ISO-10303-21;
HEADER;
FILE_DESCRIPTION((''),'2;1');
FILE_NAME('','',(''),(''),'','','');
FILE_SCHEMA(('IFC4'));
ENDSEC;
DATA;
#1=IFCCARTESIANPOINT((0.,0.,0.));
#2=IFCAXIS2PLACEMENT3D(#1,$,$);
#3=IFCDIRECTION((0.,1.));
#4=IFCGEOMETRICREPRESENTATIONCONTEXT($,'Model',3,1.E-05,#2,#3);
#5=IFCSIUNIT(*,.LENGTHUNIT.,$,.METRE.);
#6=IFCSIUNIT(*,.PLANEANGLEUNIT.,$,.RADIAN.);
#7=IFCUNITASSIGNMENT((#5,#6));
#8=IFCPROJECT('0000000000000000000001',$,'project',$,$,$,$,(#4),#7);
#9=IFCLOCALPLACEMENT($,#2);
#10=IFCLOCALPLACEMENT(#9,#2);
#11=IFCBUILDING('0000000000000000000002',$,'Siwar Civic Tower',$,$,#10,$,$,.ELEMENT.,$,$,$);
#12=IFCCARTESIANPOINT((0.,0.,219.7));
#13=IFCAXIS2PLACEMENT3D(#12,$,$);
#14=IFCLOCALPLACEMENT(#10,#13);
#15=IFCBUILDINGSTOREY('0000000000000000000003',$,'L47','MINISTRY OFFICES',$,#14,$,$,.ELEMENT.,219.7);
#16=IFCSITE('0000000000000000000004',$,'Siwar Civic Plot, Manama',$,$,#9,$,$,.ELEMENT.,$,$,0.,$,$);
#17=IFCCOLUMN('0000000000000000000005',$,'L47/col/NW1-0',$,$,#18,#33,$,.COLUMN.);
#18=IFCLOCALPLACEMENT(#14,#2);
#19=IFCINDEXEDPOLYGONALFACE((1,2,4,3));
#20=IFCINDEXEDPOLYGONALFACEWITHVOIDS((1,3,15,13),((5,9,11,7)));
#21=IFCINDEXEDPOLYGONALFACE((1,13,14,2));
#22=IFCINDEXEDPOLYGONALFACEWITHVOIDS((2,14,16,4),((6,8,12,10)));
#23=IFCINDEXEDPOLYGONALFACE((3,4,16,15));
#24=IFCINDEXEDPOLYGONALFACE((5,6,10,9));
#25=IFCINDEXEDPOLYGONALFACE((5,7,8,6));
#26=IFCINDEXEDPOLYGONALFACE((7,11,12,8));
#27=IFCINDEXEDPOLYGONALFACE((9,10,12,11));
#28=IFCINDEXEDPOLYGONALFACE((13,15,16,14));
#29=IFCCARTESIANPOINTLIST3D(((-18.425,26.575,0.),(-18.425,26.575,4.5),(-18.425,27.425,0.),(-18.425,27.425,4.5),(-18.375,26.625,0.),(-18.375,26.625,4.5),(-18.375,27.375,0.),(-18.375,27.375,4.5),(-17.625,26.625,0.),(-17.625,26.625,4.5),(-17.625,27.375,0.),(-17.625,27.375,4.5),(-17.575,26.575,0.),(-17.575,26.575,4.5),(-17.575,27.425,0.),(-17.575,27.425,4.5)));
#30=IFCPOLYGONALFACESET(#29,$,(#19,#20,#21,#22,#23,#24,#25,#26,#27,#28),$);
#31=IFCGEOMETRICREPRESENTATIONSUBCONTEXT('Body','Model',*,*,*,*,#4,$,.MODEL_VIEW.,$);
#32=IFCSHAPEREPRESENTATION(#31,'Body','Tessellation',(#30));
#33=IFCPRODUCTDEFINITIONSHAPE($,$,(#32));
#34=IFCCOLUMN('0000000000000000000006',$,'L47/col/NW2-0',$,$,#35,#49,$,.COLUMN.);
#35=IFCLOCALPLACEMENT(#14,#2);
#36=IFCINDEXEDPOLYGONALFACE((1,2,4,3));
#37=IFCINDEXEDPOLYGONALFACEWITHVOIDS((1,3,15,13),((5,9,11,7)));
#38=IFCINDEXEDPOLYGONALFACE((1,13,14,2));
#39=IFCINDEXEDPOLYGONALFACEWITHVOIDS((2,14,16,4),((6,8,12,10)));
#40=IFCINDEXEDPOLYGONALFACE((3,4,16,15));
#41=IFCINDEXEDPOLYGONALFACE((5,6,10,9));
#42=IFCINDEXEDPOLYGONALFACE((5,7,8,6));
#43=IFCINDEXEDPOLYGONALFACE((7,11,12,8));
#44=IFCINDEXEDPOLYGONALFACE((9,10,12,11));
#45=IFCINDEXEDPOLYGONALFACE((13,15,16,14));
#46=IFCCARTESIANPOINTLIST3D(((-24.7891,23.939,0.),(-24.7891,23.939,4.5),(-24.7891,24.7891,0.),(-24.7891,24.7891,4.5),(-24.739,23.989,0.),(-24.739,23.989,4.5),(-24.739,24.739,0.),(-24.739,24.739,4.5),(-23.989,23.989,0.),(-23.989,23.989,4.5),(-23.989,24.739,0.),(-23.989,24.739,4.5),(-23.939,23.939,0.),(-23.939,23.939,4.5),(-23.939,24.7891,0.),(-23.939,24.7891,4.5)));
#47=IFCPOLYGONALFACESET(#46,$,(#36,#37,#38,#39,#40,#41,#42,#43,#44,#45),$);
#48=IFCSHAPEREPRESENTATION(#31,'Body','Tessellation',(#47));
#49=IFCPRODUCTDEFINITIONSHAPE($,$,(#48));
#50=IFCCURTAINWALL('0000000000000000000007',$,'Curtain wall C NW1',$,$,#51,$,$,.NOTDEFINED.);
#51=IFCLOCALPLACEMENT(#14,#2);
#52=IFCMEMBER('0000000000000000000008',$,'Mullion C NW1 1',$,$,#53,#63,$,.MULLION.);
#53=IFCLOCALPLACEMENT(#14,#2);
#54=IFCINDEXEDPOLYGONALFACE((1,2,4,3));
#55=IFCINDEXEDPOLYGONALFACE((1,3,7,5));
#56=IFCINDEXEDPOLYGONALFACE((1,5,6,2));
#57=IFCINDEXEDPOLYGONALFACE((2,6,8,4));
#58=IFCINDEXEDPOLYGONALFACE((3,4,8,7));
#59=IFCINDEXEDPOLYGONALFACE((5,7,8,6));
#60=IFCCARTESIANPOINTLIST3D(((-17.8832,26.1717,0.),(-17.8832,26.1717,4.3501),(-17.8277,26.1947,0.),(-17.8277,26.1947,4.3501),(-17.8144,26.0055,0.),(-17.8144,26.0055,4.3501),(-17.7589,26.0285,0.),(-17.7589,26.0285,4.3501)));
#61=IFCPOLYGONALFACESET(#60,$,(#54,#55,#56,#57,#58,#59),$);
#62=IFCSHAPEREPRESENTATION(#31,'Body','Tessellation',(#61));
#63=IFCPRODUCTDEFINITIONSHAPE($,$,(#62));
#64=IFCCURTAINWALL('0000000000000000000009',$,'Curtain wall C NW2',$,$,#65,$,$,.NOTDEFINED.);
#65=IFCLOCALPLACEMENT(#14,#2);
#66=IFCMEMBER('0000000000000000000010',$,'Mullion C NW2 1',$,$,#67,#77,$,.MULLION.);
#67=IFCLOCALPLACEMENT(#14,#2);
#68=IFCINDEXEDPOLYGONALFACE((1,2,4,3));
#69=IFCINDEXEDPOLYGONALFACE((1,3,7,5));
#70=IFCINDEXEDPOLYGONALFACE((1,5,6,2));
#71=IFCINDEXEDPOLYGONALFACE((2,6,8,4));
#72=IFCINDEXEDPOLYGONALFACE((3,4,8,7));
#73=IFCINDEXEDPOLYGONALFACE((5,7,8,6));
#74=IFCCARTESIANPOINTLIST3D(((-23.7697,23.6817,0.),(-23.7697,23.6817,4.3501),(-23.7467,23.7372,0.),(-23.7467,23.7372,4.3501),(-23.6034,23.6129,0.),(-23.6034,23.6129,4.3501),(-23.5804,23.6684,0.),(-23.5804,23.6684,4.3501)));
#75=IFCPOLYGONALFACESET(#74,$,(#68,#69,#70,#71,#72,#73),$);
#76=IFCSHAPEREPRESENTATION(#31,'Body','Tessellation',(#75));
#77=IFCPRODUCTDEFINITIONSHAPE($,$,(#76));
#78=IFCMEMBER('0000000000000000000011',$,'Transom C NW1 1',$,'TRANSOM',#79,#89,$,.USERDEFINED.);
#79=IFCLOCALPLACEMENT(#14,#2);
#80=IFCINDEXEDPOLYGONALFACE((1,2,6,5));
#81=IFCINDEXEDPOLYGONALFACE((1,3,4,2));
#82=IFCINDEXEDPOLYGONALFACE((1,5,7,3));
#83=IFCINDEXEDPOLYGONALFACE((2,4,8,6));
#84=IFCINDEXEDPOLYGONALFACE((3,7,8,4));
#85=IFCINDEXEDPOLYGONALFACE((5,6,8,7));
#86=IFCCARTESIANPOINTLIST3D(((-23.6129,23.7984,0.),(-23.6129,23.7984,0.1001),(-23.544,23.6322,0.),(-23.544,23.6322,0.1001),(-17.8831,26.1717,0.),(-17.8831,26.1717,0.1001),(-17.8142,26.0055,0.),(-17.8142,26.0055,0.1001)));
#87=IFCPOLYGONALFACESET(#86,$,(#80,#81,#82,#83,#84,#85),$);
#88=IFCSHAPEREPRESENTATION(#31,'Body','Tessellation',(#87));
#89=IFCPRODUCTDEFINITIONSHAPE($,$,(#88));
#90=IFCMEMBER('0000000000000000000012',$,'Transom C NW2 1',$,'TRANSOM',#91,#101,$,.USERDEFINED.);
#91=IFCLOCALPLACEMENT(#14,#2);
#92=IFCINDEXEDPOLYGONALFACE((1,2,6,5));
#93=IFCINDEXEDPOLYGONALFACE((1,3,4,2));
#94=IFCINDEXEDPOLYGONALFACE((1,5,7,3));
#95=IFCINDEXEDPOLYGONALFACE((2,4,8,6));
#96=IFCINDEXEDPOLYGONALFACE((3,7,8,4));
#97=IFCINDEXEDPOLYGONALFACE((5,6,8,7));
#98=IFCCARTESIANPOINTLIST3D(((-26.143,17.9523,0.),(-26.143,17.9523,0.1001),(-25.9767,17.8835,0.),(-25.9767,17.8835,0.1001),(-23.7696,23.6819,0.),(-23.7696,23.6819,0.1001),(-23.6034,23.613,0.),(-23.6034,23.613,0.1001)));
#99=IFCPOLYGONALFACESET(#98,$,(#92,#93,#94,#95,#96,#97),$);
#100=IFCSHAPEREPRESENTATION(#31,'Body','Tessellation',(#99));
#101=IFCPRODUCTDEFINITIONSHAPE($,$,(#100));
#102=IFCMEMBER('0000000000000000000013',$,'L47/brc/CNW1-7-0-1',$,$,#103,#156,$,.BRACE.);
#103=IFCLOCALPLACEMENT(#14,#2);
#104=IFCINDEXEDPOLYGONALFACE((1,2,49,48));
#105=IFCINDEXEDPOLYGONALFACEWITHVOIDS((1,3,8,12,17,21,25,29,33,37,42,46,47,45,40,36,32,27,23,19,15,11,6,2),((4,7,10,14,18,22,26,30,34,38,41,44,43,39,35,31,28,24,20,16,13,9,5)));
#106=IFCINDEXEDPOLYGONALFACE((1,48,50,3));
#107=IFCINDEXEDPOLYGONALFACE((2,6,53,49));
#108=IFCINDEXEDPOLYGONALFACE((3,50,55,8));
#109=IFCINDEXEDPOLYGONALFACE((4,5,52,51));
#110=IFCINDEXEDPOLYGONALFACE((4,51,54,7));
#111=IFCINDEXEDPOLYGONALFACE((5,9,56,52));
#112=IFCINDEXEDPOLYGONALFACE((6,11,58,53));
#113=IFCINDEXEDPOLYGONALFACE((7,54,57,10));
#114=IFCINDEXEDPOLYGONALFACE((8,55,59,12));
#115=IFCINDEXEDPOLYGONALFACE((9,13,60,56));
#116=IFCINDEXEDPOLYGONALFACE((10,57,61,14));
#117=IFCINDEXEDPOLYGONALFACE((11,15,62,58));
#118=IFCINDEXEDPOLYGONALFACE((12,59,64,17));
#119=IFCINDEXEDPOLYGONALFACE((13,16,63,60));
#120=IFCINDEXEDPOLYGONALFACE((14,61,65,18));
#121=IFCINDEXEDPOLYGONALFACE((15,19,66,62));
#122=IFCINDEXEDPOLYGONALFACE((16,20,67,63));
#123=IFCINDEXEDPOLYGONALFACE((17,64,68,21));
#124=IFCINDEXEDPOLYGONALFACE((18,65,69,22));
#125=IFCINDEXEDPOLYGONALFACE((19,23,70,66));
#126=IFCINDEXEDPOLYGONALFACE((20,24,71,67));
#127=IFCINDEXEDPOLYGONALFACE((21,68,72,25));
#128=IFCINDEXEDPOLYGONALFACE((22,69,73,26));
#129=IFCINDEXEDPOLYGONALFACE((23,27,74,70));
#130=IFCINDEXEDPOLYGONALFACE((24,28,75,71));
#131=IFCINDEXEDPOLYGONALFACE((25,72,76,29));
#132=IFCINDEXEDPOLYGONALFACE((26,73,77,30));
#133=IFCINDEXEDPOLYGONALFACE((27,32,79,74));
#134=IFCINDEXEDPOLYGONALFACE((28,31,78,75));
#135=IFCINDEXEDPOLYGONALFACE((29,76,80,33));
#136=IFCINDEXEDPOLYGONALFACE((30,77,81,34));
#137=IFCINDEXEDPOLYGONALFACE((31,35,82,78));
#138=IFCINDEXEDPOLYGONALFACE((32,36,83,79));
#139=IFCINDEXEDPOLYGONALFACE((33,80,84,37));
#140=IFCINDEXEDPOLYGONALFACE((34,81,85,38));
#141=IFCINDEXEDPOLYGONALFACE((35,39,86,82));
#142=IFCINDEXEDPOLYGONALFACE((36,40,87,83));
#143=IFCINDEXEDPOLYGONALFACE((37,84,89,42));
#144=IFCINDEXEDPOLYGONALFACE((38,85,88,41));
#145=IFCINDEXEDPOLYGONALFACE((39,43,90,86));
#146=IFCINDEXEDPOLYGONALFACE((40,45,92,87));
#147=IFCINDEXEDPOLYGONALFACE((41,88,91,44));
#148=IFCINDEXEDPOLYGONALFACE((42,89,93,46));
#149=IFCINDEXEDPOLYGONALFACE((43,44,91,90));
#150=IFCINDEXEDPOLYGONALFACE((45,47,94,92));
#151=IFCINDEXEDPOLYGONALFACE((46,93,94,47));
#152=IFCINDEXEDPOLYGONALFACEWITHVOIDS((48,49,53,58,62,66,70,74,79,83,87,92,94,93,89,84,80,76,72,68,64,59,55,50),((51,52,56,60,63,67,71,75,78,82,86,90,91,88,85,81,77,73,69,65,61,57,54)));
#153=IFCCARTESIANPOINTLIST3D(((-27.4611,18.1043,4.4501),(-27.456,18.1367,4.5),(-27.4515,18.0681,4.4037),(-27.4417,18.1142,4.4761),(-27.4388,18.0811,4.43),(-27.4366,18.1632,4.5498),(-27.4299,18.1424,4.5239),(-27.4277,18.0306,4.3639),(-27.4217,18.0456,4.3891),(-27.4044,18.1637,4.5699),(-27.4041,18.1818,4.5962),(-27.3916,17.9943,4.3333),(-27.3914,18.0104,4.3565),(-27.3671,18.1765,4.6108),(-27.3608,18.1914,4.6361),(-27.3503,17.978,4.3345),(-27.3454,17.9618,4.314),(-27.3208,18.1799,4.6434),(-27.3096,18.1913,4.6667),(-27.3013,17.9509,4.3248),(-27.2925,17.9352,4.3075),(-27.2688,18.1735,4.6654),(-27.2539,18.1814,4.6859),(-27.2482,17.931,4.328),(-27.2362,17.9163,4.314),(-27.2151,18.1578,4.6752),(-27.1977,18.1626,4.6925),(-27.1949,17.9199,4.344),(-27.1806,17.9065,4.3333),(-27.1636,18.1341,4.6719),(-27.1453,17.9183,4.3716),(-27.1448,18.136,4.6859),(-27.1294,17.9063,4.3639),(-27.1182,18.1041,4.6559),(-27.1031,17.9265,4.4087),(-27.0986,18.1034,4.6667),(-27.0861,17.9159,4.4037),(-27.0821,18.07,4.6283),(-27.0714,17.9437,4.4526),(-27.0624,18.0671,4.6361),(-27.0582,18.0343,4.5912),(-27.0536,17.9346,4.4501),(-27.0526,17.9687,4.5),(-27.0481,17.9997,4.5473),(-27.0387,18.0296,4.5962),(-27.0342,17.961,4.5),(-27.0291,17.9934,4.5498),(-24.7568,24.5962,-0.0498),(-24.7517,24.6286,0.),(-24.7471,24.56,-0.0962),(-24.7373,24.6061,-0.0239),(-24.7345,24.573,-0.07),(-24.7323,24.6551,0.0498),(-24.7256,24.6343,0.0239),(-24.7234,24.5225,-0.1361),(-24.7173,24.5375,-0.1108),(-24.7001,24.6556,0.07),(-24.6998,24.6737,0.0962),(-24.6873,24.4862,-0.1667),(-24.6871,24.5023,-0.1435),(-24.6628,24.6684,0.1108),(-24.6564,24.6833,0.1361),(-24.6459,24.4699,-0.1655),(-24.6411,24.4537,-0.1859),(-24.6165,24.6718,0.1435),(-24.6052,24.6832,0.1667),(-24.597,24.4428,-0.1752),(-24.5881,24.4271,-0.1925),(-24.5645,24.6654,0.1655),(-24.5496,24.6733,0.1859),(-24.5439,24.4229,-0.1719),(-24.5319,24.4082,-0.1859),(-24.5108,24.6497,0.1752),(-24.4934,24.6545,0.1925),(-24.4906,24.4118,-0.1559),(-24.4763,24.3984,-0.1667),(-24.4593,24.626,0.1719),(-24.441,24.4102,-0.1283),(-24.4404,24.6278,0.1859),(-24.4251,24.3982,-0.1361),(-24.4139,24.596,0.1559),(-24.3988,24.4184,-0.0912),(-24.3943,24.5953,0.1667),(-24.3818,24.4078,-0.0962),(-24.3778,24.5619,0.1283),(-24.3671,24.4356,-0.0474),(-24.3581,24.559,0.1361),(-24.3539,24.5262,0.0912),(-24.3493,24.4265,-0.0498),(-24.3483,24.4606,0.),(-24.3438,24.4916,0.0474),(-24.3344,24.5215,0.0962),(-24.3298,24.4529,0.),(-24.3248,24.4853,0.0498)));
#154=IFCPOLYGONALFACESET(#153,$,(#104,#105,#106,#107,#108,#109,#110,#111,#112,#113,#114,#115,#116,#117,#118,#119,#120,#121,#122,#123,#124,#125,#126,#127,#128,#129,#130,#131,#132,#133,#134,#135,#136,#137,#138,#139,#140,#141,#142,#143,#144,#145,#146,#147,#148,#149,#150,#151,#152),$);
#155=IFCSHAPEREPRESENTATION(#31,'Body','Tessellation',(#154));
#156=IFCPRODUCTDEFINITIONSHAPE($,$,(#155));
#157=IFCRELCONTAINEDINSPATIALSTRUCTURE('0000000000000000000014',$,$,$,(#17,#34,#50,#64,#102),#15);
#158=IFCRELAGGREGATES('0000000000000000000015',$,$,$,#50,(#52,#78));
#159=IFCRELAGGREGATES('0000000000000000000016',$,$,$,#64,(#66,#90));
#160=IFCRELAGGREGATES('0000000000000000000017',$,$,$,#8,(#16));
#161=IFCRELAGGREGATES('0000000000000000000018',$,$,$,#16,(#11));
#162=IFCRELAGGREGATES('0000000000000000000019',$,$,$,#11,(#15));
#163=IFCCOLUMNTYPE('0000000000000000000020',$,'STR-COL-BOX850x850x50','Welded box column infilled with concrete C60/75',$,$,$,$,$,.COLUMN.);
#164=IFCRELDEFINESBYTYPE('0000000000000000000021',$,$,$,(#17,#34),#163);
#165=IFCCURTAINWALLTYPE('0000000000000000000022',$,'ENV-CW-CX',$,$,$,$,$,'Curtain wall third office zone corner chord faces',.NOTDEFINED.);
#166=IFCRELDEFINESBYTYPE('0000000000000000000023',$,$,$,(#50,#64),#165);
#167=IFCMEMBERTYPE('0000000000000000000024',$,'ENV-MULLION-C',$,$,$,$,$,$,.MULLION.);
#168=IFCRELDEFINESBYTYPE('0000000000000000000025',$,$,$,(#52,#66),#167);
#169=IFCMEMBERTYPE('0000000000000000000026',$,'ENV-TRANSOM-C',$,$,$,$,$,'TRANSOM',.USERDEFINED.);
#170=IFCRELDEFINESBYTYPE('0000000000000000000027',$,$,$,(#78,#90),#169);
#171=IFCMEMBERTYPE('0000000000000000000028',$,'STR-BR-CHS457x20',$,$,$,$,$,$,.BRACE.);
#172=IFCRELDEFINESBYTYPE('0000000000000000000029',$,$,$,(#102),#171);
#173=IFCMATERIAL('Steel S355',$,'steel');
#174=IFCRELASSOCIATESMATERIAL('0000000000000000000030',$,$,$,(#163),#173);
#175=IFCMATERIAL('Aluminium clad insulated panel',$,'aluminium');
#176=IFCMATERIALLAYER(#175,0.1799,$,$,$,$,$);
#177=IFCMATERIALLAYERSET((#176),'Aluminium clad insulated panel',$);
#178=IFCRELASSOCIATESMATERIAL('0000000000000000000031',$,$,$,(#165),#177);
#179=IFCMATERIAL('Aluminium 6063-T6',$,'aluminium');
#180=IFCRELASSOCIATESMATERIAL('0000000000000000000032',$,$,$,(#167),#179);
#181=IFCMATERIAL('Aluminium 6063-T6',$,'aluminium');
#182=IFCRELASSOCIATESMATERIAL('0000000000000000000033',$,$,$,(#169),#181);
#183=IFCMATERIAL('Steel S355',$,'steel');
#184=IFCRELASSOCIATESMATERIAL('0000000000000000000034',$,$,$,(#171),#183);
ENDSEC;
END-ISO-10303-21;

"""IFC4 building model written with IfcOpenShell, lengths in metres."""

from ifc_helpers import new_model, si_unit, direction, frame, origin, origin_2d, place, context, subcontext, project, spatial, rectangle, hollow_rectangle, hollow_circle, extrude, material, layer, layer_set, material_profile, profile_set, type_object, element, aggregate, save


model = new_model("IFC4")

# Units and contexts
model_context = context("Model", 3, precision=1e-05, world=origin(), true_north=direction((0.0, 1.0)))
body_context = subcontext(model_context, "Body", "Model", "MODEL_VIEW")
ifc_project = project(units=[si_unit("LENGTHUNIT", "METRE"), si_unit("PLANEANGLEUNIT", "RADIAN")], contexts=[model_context])

# Site, building, storey
site_placement = place(None, origin())
site = spatial("IfcSite", under=ifc_project, at=site_placement, Name="Siwar Civic Plot, Manama", CompositionType="ELEMENT", RefElevation=0.0)
building_placement = place(site_placement, origin())
building = spatial("IfcBuilding", under=site, at=building_placement, Name="Siwar Civic Tower", CompositionType="ELEMENT")
storey_placement = place(building_placement, frame((0.0, 0.0, 219.7)))
storey = spatial("IfcBuildingStorey", under=building, at=storey_placement, Name="L47", Description="MINISTRY OFFICES", CompositionType="ELEMENT", Elevation=219.7)

# Columns
ifc_material_1 = material(Name="Steel S355", Category="steel")
ifc_material_profile_1 = material_profile(ifc_material_1, hollow_rectangle(XDim=0.8501, YDim=0.8501, WallThickness=0.05, at=origin_2d()), Name="BOX850x850x50")
ifc_profile_set_1 = profile_set([ifc_material_profile_1], Name="Steel S355")
column_type = type_object("IfcColumnType", Name="STR-COL-BOX850x850x50", Description="Welded box column infilled with concrete C60/75", PredefinedType="COLUMN", material=ifc_profile_set_1)
for number, where, z_axis, x_axis, name in (
    (1, (-18.0, 27.0, 0.0), (0.0, 0.0, 1.0), (1.0, 0.0, 0.0), "L47/col/NW1-0"),
    (2, (-24.364, 24.364, 0.0), (0.0, 0.0, 1.0), (1.0, 0.0, 0.0), "L47/col/NW2-0"),
):
    element("IfcColumn", number, at=place(storey_placement, frame(where, z_axis=z_axis, x_axis=x_axis)), inside=storey, type_object=column_type, Name=name, PredefinedType="COLUMN", context=body_context, shape_type="SweptSolid", body=[
        extrude(hollow_rectangle(XDim=0.8501, YDim=0.8501, WallThickness=0.05, at=origin_2d()), origin(), (0.0, 0.0, 1.0), 4.5),
    ])

# Curtain walls, members
ifc_material_2 = material(Name="Aluminium clad insulated panel", Category="aluminium")
ifc_layer_1 = layer(ifc_material_2, 0.1799)
ifc_layer_set_1 = layer_set([ifc_layer_1], Name="Aluminium clad insulated panel")
curtain_wall_type = type_object("IfcCurtainWallType", Name="ENV-CW-CX", ElementType="Curtain wall third office zone corner chord faces", PredefinedType="NOTDEFINED", material=ifc_layer_set_1)
curtain_wall_1_placement = place(storey_placement, origin())
curtain_wall_1 = element("IfcCurtainWall", 3, at=curtain_wall_1_placement, inside=storey, type_object=curtain_wall_type, Name="Curtain wall C NW1", PredefinedType="NOTDEFINED")
ifc_material_3 = material(Name="Aluminium 6063-T6", Category="aluminium")
ifc_material_profile_2 = material_profile(ifc_material_3, rectangle(XDim=0.1799, YDim=0.0601, at=origin_2d()), Name="AL 180x60")
ifc_profile_set_2 = profile_set([ifc_material_profile_2], Name="Aluminium 6063-T6")
member_type_1 = type_object("IfcMemberType", Name="ENV-MULLION-C", PredefinedType="MULLION", material=ifc_profile_set_2)
member_1_placement = place(storey_placement, frame((-17.821, 26.1001, 0.0), z_axis=(0.0, 0.0, 1.0), x_axis=(0.382683, -0.92388, 0.0)))
member_1 = element("IfcMember", 4, at=member_1_placement, type_object=member_type_1, Name="Mullion C NW1 1", PredefinedType="MULLION", context=body_context, shape_type="SweptSolid", body=[
    extrude(rectangle(XDim=0.1799, YDim=0.0601, at=origin_2d()), origin(), (0.0, 0.0, 1.0), 4.3501),
])
curtain_wall_2_placement = place(storey_placement, origin())
curtain_wall_2 = element("IfcCurtainWall", 5, at=curtain_wall_2_placement, inside=storey, type_object=curtain_wall_type, Name="Curtain wall C NW2", PredefinedType="NOTDEFINED")
member_2_placement = place(storey_placement, frame((-23.675, 23.675, 0.0), z_axis=(0.0, 0.0, 1.0), x_axis=(0.92388, -0.382683, 0.0)))
member_2 = element("IfcMember", 6, at=member_2_placement, type_object=member_type_1, Name="Mullion C NW2 1", PredefinedType="MULLION", context=body_context, shape_type="SweptSolid", body=[
    extrude(rectangle(XDim=0.1799, YDim=0.0601, at=origin_2d()), origin(), (0.0, 0.0, 1.0), 4.3501),
])

# Members
ifc_material_4 = material(Name="Aluminium 6063-T6", Category="aluminium")
ifc_material_profile_3 = material_profile(ifc_material_4, rectangle(XDim=0.1799, YDim=0.1001, at=origin_2d()), Name="AL 180x100")
ifc_profile_set_3 = profile_set([ifc_material_profile_3], Name="Aluminium 6063-T6")
member_type_2 = type_object("IfcMemberType", Name="ENV-TRANSOM-C", ElementType="TRANSOM", PredefinedType="USERDEFINED", material=ifc_profile_set_3)
member_3_placement = place(storey_placement, frame((-17.8486, 26.0886, 0.05), z_axis=(-0.923882, -0.382677, 0.0), x_axis=(0.382677, -0.923882, 0.0)))
member_3 = element("IfcMember", 7, at=member_3_placement, type_object=member_type_2, Name="Transom C NW1 1", ObjectType="TRANSOM", PredefinedType="USERDEFINED", context=body_context, shape_type="SweptSolid", body=[
    extrude(rectangle(XDim=0.1799, YDim=0.1001, at=origin_2d()), origin(), (0.0, 0.0, 1.0), 6.2019),
])
member_4_placement = place(storey_placement, frame((-23.6865, 23.6475, 0.05), z_axis=(-0.382691, -0.923876, 0.0), x_axis=(0.923876, -0.382691, 0.0)))
member_4 = element("IfcMember", 8, at=member_4_placement, type_object=member_type_2, Name="Transom C NW2 1", ObjectType="TRANSOM", PredefinedType="USERDEFINED", context=body_context, shape_type="SweptSolid", body=[
    extrude(rectangle(XDim=0.1799, YDim=0.1001, at=origin_2d()), origin(), (0.0, 0.0, 1.0), 6.2017),
])

# Member
ifc_material_5 = material(Name="Steel S355", Category="steel")
ifc_material_profile_4 = material_profile(ifc_material_5, hollow_circle(Radius=0.2285, WallThickness=0.02, at=origin_2d()), Name="CHS457x20")
ifc_profile_set_4 = profile_set([ifc_material_profile_4], Name="Steel S355")
member_type_3 = type_object("IfcMemberType", Name="STR-BR-CHS457x20", PredefinedType="BRACE", material=ifc_profile_set_4)
member_5_placement = place(storey_placement, frame((-24.5408, 24.5408, 0.0), z_axis=(-0.323906, -0.777555, 0.538975), x_axis=(0.923109, -0.384539, 0.0)))
element("IfcMember", 9, at=member_5_placement, inside=storey, type_object=member_type_3, Name="L47/brc/CNW1-7-0-1", PredefinedType="BRACE", context=body_context, shape_type="SweptSolid", body=[
    extrude(hollow_circle(Radius=0.2285, WallThickness=0.02, at=origin_2d()), origin(), (0.0, 0.0, 1.0), 8.3491),
])

aggregate(curtain_wall_1, [member_1, member_3])
aggregate(curtain_wall_2, [member_2, member_4])

save(model, "model.ifc")
